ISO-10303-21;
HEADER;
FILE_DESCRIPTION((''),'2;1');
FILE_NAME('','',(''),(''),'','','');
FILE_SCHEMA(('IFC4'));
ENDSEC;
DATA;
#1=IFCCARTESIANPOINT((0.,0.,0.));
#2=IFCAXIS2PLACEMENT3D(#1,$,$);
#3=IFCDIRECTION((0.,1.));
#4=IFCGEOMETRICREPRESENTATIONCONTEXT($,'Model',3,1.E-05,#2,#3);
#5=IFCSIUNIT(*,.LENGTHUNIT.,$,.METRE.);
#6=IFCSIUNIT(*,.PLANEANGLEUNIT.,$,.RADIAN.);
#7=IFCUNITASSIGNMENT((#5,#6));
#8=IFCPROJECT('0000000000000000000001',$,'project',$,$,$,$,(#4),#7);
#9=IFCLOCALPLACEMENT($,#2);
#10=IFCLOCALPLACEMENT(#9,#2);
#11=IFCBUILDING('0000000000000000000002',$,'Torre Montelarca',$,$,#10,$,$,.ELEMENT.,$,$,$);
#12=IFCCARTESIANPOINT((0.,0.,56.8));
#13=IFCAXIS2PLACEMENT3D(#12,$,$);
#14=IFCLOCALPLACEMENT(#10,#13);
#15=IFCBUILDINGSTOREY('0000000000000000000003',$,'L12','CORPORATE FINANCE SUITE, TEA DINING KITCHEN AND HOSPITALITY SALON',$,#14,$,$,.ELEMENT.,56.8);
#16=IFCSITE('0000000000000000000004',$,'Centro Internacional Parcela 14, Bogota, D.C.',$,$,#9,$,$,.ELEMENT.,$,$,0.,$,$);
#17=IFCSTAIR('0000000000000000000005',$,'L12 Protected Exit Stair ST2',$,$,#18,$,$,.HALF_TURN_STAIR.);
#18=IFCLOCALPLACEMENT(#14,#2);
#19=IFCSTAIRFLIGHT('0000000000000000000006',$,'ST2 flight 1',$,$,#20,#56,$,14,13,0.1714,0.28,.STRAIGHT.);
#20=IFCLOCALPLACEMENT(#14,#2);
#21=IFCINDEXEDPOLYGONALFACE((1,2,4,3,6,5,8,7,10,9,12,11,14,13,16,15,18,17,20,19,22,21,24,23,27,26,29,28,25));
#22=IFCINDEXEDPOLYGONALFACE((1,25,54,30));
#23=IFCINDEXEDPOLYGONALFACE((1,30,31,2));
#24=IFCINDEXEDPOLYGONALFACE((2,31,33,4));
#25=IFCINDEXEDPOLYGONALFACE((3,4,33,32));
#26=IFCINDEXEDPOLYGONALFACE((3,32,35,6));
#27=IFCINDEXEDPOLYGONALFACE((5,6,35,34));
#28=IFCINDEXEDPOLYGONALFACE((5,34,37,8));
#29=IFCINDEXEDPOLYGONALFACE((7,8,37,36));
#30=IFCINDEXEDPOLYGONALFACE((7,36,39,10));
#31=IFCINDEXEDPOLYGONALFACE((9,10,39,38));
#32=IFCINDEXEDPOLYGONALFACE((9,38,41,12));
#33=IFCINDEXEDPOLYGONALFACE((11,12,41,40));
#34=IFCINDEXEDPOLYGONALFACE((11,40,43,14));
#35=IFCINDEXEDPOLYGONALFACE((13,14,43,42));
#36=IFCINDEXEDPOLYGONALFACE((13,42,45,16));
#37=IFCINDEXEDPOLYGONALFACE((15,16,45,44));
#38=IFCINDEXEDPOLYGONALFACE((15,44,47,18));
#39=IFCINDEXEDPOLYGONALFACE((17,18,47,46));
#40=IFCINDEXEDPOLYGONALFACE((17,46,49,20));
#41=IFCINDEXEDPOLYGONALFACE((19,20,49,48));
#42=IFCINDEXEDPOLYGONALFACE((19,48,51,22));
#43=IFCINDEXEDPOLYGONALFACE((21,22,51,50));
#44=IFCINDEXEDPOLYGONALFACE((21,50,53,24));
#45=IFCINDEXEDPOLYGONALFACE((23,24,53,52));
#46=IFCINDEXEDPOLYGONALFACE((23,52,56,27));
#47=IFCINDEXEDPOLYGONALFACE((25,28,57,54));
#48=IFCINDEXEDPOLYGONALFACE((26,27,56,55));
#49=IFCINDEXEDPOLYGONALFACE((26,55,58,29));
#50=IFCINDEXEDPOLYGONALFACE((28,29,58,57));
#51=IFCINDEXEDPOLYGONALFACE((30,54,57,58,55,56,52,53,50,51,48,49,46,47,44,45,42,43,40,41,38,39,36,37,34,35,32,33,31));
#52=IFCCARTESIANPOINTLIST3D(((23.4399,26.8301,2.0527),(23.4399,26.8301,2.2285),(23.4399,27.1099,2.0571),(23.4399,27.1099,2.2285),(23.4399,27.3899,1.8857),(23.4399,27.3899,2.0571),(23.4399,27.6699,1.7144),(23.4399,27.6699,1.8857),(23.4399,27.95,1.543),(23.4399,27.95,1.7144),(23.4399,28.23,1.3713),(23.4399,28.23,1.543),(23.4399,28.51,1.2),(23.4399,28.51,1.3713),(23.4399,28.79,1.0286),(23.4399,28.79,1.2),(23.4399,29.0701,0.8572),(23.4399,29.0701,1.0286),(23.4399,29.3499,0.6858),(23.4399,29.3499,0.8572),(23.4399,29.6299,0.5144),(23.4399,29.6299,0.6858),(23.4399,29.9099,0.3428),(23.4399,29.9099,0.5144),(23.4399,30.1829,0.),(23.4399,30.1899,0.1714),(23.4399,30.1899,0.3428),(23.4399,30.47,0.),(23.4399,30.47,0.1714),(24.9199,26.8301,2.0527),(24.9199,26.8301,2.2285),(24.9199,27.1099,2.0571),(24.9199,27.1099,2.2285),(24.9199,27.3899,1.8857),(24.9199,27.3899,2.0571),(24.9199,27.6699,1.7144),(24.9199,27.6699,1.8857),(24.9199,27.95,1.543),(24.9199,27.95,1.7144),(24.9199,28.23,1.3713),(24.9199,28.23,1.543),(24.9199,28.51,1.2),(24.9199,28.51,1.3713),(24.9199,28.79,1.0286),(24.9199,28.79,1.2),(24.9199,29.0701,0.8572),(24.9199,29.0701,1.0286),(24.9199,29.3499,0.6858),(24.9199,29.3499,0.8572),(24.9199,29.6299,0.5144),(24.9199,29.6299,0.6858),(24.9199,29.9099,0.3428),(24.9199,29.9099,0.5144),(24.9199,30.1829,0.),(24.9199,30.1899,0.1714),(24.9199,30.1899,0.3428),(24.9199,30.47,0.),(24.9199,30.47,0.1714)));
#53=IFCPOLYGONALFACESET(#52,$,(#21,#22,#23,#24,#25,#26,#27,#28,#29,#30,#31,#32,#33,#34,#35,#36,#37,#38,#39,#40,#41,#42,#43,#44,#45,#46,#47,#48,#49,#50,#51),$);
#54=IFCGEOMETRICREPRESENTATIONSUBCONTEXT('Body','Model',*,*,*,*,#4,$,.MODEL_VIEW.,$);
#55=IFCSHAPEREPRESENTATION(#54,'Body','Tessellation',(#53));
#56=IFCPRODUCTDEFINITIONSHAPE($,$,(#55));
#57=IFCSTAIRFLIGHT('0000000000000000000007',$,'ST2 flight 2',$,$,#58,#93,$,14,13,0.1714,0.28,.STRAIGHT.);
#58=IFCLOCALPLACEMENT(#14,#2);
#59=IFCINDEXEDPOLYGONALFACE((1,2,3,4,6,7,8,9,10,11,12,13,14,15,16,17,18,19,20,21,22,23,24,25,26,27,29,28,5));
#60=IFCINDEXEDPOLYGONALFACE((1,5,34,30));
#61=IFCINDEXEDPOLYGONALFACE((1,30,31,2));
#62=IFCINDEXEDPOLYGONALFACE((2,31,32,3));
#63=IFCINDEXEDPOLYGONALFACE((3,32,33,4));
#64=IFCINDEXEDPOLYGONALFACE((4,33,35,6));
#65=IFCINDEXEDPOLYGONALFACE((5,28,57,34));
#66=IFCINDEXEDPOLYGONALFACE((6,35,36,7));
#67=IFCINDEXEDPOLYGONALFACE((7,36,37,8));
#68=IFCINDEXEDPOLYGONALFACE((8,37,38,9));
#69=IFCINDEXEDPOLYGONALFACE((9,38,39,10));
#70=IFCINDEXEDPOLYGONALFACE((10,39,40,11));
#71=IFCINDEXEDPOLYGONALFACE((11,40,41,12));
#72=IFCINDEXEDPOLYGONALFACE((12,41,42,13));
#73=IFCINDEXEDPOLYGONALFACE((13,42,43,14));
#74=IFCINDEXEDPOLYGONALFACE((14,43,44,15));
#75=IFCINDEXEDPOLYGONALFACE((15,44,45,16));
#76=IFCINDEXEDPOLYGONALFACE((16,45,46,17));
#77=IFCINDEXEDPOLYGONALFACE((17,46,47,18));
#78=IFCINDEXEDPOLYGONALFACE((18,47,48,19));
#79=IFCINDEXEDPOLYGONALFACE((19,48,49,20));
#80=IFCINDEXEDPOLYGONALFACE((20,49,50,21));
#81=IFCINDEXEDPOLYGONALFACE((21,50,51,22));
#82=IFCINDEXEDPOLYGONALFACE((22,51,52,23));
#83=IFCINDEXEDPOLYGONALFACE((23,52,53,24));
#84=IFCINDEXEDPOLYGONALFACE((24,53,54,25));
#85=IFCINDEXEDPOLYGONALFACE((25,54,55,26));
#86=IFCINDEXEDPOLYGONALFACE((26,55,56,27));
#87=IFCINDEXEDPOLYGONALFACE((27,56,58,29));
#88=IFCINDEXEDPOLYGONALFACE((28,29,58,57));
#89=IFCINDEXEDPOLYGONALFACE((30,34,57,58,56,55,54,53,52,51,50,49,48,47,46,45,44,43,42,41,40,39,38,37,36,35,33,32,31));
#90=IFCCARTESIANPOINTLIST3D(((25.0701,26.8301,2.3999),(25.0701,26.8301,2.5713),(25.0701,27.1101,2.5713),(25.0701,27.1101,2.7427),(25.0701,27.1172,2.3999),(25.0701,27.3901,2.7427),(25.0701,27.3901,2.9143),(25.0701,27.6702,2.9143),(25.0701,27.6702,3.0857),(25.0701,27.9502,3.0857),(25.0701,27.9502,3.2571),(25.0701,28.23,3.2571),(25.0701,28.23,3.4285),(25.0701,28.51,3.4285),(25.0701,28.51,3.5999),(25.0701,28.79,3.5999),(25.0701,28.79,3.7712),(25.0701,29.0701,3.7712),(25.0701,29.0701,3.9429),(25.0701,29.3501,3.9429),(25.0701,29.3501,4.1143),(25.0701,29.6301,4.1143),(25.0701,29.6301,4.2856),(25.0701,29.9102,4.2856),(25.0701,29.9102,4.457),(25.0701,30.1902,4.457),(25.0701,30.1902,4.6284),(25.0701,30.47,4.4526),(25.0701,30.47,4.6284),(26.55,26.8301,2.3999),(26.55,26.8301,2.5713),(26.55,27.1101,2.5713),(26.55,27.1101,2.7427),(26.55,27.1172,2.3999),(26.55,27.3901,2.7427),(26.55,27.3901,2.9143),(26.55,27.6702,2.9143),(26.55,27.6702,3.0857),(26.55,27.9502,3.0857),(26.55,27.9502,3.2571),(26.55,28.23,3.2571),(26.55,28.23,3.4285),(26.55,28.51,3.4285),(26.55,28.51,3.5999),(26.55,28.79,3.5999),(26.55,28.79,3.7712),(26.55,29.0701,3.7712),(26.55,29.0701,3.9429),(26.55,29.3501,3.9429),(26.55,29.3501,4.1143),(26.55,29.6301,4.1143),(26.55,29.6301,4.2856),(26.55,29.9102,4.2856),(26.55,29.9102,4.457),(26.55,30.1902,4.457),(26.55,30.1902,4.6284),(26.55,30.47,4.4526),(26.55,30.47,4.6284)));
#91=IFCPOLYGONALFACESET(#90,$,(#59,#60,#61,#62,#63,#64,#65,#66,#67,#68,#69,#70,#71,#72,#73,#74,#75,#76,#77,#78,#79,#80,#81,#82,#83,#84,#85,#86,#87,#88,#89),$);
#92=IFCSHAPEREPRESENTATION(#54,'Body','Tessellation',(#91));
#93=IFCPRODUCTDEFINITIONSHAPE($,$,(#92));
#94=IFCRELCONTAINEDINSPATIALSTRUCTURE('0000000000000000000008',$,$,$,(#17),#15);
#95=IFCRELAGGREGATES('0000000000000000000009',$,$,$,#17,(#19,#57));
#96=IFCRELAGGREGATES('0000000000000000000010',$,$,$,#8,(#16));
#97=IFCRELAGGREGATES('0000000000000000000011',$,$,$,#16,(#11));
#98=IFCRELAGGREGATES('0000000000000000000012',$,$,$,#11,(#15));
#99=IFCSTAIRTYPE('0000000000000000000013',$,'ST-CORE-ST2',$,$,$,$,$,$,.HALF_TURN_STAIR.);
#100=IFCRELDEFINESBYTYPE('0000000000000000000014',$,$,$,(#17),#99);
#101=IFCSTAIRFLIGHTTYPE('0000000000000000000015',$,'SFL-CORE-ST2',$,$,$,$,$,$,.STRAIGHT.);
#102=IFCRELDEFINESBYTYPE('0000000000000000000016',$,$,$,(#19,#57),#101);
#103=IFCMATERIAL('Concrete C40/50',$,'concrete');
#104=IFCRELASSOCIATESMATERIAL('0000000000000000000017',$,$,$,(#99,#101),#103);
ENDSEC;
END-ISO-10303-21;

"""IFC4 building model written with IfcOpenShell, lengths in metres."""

from ifc_helpers import new_model, si_unit, direction, frame, origin, place, context, subcontext, project, spatial, polyline, outline, extrude, material, type_object, element, aggregate, save


model = new_model("IFC4")

# Units and contexts
model_context = context("Model", 3, precision=1e-05, world=origin(), true_north=direction((0.0, 1.0)))
body_context = subcontext(model_context, "Body", "Model", "MODEL_VIEW")
ifc_project = project(units=[si_unit("LENGTHUNIT", "METRE"), si_unit("PLANEANGLEUNIT", "RADIAN")], contexts=[model_context])

# Site, building, storey
site_placement = place(None, origin())
site = spatial("IfcSite", under=ifc_project, at=site_placement, Name="Centro Internacional Parcela 14, Bogota, D.C.", CompositionType="ELEMENT", RefElevation=0.0)
building_placement = place(site_placement, origin())
building = spatial("IfcBuilding", under=site, at=building_placement, Name="Torre Montelarca", CompositionType="ELEMENT")
storey_placement = place(building_placement, frame((0.0, 0.0, 56.8)))
storey = spatial("IfcBuildingStorey", under=building, at=storey_placement, Name="L12", Description="CORPORATE FINANCE SUITE, TEA DINING KITCHEN AND HOSPITALITY SALON", CompositionType="ELEMENT", Elevation=56.8)

# Shared definitions
ifc_material_1 = material(Name="Concrete C40/50", Category="concrete")

# Stair, stair flights
stair_type = type_object("IfcStairType", Name="ST-CORE-ST2", PredefinedType="HALF_TURN_STAIR", material=ifc_material_1)
stair_placement = place(storey_placement, origin())
stair = element("IfcStair", 1, at=stair_placement, inside=storey, type_object=stair_type, Name="L12 Protected Exit Stair ST2", PredefinedType="HALF_TURN_STAIR")
stair_flight_type = type_object("IfcStairFlightType", Name="SFL-CORE-ST2", PredefinedType="STRAIGHT", material=ifc_material_1)
stair_flight_1_placement = place(storey_placement, frame((24.1799, 30.47, 0.0), z_axis=(0.0, 0.0, 1.0), x_axis=(0.0, -1.0, 0.0)))
stair_flight_1 = element("IfcStairFlight", 2, at=stair_flight_1_placement, type_object=stair_flight_type, Name="ST2 flight 1", NumberOfRisers=14, NumberOfTreads=13, PredefinedType="STRAIGHT", RiserHeight=0.1714, TreadLength=0.28, context=body_context, shape_type="SweptSolid", body=[
    extrude(outline(polyline([(0.0, 0.0), (0.0, 0.1714), (0.28, 0.1714), (0.28, 0.3428), (0.5601, 0.3428), (0.5601, 0.5144), (0.8401, 0.5144), (0.8401, 0.6858), (1.1201, 0.6858), (1.1201, 0.8572), (1.3999, 0.8572), (1.3999, 1.0286), (1.6799, 1.0286), (1.6799, 1.2), (1.96, 1.2), (1.96, 1.3713), (2.24, 1.3713), (2.24, 1.543), (2.52, 1.543), (2.52, 1.7144), (2.8, 1.7144), (2.8, 1.8857), (3.0801, 1.8857), (3.0801, 2.0571), (3.3601, 2.0571), (3.3601, 2.2285), (3.6399, 2.2285), (3.6399, 2.3999), (3.6399, 2.0527), (0.2871, 0.0), (0.0, 0.0)])), frame((0.0, 0.74, 0.0), z_axis=(0.0, -1.0, 0.0), x_axis=(1.0, 0.0, 0.0)), (0.0, 0.0, 1.0), 1.48),
])
stair_flight_2_placement = place(storey_placement, frame((25.8101, 26.8301, 2.3999), z_axis=(0.0, 0.0, 1.0), x_axis=(0.0, 1.0, 0.0)))
stair_flight_2 = element("IfcStairFlight", 3, at=stair_flight_2_placement, type_object=stair_flight_type, Name="ST2 flight 2", NumberOfRisers=14, NumberOfTreads=13, PredefinedType="STRAIGHT", RiserHeight=0.1714, TreadLength=0.28, context=body_context, shape_type="SweptSolid", body=[
    extrude(outline(polyline([(0.0, 0.0), (0.0, 0.1714), (0.28, 0.1714), (0.28, 0.3428), (0.5601, 0.3428), (0.5601, 0.5144), (0.8401, 0.5144), (0.8401, 0.6858), (1.1201, 0.6858), (1.1201, 0.8572), (1.3999, 0.8572), (1.3999, 1.0286), (1.6799, 1.0286), (1.6799, 1.2), (1.96, 1.2), (1.96, 1.3713), (2.24, 1.3713), (2.24, 1.543), (2.52, 1.543), (2.52, 1.7144), (2.8, 1.7144), (2.8, 1.8857), (3.0801, 1.8857), (3.0801, 2.0571), (3.3601, 2.0571), (3.3601, 2.2285), (3.6399, 2.2285), (3.6399, 2.3999), (3.6399, 2.0527), (0.2871, 0.0), (0.0, 0.0)])), frame((0.0, 0.74, 0.0), z_axis=(0.0, -1.0, 0.0), x_axis=(1.0, 0.0, 0.0)), (0.0, 0.0, 1.0), 1.48),
])
aggregate(stair, [stair_flight_1, stair_flight_2])

save(model, "model.ifc")
